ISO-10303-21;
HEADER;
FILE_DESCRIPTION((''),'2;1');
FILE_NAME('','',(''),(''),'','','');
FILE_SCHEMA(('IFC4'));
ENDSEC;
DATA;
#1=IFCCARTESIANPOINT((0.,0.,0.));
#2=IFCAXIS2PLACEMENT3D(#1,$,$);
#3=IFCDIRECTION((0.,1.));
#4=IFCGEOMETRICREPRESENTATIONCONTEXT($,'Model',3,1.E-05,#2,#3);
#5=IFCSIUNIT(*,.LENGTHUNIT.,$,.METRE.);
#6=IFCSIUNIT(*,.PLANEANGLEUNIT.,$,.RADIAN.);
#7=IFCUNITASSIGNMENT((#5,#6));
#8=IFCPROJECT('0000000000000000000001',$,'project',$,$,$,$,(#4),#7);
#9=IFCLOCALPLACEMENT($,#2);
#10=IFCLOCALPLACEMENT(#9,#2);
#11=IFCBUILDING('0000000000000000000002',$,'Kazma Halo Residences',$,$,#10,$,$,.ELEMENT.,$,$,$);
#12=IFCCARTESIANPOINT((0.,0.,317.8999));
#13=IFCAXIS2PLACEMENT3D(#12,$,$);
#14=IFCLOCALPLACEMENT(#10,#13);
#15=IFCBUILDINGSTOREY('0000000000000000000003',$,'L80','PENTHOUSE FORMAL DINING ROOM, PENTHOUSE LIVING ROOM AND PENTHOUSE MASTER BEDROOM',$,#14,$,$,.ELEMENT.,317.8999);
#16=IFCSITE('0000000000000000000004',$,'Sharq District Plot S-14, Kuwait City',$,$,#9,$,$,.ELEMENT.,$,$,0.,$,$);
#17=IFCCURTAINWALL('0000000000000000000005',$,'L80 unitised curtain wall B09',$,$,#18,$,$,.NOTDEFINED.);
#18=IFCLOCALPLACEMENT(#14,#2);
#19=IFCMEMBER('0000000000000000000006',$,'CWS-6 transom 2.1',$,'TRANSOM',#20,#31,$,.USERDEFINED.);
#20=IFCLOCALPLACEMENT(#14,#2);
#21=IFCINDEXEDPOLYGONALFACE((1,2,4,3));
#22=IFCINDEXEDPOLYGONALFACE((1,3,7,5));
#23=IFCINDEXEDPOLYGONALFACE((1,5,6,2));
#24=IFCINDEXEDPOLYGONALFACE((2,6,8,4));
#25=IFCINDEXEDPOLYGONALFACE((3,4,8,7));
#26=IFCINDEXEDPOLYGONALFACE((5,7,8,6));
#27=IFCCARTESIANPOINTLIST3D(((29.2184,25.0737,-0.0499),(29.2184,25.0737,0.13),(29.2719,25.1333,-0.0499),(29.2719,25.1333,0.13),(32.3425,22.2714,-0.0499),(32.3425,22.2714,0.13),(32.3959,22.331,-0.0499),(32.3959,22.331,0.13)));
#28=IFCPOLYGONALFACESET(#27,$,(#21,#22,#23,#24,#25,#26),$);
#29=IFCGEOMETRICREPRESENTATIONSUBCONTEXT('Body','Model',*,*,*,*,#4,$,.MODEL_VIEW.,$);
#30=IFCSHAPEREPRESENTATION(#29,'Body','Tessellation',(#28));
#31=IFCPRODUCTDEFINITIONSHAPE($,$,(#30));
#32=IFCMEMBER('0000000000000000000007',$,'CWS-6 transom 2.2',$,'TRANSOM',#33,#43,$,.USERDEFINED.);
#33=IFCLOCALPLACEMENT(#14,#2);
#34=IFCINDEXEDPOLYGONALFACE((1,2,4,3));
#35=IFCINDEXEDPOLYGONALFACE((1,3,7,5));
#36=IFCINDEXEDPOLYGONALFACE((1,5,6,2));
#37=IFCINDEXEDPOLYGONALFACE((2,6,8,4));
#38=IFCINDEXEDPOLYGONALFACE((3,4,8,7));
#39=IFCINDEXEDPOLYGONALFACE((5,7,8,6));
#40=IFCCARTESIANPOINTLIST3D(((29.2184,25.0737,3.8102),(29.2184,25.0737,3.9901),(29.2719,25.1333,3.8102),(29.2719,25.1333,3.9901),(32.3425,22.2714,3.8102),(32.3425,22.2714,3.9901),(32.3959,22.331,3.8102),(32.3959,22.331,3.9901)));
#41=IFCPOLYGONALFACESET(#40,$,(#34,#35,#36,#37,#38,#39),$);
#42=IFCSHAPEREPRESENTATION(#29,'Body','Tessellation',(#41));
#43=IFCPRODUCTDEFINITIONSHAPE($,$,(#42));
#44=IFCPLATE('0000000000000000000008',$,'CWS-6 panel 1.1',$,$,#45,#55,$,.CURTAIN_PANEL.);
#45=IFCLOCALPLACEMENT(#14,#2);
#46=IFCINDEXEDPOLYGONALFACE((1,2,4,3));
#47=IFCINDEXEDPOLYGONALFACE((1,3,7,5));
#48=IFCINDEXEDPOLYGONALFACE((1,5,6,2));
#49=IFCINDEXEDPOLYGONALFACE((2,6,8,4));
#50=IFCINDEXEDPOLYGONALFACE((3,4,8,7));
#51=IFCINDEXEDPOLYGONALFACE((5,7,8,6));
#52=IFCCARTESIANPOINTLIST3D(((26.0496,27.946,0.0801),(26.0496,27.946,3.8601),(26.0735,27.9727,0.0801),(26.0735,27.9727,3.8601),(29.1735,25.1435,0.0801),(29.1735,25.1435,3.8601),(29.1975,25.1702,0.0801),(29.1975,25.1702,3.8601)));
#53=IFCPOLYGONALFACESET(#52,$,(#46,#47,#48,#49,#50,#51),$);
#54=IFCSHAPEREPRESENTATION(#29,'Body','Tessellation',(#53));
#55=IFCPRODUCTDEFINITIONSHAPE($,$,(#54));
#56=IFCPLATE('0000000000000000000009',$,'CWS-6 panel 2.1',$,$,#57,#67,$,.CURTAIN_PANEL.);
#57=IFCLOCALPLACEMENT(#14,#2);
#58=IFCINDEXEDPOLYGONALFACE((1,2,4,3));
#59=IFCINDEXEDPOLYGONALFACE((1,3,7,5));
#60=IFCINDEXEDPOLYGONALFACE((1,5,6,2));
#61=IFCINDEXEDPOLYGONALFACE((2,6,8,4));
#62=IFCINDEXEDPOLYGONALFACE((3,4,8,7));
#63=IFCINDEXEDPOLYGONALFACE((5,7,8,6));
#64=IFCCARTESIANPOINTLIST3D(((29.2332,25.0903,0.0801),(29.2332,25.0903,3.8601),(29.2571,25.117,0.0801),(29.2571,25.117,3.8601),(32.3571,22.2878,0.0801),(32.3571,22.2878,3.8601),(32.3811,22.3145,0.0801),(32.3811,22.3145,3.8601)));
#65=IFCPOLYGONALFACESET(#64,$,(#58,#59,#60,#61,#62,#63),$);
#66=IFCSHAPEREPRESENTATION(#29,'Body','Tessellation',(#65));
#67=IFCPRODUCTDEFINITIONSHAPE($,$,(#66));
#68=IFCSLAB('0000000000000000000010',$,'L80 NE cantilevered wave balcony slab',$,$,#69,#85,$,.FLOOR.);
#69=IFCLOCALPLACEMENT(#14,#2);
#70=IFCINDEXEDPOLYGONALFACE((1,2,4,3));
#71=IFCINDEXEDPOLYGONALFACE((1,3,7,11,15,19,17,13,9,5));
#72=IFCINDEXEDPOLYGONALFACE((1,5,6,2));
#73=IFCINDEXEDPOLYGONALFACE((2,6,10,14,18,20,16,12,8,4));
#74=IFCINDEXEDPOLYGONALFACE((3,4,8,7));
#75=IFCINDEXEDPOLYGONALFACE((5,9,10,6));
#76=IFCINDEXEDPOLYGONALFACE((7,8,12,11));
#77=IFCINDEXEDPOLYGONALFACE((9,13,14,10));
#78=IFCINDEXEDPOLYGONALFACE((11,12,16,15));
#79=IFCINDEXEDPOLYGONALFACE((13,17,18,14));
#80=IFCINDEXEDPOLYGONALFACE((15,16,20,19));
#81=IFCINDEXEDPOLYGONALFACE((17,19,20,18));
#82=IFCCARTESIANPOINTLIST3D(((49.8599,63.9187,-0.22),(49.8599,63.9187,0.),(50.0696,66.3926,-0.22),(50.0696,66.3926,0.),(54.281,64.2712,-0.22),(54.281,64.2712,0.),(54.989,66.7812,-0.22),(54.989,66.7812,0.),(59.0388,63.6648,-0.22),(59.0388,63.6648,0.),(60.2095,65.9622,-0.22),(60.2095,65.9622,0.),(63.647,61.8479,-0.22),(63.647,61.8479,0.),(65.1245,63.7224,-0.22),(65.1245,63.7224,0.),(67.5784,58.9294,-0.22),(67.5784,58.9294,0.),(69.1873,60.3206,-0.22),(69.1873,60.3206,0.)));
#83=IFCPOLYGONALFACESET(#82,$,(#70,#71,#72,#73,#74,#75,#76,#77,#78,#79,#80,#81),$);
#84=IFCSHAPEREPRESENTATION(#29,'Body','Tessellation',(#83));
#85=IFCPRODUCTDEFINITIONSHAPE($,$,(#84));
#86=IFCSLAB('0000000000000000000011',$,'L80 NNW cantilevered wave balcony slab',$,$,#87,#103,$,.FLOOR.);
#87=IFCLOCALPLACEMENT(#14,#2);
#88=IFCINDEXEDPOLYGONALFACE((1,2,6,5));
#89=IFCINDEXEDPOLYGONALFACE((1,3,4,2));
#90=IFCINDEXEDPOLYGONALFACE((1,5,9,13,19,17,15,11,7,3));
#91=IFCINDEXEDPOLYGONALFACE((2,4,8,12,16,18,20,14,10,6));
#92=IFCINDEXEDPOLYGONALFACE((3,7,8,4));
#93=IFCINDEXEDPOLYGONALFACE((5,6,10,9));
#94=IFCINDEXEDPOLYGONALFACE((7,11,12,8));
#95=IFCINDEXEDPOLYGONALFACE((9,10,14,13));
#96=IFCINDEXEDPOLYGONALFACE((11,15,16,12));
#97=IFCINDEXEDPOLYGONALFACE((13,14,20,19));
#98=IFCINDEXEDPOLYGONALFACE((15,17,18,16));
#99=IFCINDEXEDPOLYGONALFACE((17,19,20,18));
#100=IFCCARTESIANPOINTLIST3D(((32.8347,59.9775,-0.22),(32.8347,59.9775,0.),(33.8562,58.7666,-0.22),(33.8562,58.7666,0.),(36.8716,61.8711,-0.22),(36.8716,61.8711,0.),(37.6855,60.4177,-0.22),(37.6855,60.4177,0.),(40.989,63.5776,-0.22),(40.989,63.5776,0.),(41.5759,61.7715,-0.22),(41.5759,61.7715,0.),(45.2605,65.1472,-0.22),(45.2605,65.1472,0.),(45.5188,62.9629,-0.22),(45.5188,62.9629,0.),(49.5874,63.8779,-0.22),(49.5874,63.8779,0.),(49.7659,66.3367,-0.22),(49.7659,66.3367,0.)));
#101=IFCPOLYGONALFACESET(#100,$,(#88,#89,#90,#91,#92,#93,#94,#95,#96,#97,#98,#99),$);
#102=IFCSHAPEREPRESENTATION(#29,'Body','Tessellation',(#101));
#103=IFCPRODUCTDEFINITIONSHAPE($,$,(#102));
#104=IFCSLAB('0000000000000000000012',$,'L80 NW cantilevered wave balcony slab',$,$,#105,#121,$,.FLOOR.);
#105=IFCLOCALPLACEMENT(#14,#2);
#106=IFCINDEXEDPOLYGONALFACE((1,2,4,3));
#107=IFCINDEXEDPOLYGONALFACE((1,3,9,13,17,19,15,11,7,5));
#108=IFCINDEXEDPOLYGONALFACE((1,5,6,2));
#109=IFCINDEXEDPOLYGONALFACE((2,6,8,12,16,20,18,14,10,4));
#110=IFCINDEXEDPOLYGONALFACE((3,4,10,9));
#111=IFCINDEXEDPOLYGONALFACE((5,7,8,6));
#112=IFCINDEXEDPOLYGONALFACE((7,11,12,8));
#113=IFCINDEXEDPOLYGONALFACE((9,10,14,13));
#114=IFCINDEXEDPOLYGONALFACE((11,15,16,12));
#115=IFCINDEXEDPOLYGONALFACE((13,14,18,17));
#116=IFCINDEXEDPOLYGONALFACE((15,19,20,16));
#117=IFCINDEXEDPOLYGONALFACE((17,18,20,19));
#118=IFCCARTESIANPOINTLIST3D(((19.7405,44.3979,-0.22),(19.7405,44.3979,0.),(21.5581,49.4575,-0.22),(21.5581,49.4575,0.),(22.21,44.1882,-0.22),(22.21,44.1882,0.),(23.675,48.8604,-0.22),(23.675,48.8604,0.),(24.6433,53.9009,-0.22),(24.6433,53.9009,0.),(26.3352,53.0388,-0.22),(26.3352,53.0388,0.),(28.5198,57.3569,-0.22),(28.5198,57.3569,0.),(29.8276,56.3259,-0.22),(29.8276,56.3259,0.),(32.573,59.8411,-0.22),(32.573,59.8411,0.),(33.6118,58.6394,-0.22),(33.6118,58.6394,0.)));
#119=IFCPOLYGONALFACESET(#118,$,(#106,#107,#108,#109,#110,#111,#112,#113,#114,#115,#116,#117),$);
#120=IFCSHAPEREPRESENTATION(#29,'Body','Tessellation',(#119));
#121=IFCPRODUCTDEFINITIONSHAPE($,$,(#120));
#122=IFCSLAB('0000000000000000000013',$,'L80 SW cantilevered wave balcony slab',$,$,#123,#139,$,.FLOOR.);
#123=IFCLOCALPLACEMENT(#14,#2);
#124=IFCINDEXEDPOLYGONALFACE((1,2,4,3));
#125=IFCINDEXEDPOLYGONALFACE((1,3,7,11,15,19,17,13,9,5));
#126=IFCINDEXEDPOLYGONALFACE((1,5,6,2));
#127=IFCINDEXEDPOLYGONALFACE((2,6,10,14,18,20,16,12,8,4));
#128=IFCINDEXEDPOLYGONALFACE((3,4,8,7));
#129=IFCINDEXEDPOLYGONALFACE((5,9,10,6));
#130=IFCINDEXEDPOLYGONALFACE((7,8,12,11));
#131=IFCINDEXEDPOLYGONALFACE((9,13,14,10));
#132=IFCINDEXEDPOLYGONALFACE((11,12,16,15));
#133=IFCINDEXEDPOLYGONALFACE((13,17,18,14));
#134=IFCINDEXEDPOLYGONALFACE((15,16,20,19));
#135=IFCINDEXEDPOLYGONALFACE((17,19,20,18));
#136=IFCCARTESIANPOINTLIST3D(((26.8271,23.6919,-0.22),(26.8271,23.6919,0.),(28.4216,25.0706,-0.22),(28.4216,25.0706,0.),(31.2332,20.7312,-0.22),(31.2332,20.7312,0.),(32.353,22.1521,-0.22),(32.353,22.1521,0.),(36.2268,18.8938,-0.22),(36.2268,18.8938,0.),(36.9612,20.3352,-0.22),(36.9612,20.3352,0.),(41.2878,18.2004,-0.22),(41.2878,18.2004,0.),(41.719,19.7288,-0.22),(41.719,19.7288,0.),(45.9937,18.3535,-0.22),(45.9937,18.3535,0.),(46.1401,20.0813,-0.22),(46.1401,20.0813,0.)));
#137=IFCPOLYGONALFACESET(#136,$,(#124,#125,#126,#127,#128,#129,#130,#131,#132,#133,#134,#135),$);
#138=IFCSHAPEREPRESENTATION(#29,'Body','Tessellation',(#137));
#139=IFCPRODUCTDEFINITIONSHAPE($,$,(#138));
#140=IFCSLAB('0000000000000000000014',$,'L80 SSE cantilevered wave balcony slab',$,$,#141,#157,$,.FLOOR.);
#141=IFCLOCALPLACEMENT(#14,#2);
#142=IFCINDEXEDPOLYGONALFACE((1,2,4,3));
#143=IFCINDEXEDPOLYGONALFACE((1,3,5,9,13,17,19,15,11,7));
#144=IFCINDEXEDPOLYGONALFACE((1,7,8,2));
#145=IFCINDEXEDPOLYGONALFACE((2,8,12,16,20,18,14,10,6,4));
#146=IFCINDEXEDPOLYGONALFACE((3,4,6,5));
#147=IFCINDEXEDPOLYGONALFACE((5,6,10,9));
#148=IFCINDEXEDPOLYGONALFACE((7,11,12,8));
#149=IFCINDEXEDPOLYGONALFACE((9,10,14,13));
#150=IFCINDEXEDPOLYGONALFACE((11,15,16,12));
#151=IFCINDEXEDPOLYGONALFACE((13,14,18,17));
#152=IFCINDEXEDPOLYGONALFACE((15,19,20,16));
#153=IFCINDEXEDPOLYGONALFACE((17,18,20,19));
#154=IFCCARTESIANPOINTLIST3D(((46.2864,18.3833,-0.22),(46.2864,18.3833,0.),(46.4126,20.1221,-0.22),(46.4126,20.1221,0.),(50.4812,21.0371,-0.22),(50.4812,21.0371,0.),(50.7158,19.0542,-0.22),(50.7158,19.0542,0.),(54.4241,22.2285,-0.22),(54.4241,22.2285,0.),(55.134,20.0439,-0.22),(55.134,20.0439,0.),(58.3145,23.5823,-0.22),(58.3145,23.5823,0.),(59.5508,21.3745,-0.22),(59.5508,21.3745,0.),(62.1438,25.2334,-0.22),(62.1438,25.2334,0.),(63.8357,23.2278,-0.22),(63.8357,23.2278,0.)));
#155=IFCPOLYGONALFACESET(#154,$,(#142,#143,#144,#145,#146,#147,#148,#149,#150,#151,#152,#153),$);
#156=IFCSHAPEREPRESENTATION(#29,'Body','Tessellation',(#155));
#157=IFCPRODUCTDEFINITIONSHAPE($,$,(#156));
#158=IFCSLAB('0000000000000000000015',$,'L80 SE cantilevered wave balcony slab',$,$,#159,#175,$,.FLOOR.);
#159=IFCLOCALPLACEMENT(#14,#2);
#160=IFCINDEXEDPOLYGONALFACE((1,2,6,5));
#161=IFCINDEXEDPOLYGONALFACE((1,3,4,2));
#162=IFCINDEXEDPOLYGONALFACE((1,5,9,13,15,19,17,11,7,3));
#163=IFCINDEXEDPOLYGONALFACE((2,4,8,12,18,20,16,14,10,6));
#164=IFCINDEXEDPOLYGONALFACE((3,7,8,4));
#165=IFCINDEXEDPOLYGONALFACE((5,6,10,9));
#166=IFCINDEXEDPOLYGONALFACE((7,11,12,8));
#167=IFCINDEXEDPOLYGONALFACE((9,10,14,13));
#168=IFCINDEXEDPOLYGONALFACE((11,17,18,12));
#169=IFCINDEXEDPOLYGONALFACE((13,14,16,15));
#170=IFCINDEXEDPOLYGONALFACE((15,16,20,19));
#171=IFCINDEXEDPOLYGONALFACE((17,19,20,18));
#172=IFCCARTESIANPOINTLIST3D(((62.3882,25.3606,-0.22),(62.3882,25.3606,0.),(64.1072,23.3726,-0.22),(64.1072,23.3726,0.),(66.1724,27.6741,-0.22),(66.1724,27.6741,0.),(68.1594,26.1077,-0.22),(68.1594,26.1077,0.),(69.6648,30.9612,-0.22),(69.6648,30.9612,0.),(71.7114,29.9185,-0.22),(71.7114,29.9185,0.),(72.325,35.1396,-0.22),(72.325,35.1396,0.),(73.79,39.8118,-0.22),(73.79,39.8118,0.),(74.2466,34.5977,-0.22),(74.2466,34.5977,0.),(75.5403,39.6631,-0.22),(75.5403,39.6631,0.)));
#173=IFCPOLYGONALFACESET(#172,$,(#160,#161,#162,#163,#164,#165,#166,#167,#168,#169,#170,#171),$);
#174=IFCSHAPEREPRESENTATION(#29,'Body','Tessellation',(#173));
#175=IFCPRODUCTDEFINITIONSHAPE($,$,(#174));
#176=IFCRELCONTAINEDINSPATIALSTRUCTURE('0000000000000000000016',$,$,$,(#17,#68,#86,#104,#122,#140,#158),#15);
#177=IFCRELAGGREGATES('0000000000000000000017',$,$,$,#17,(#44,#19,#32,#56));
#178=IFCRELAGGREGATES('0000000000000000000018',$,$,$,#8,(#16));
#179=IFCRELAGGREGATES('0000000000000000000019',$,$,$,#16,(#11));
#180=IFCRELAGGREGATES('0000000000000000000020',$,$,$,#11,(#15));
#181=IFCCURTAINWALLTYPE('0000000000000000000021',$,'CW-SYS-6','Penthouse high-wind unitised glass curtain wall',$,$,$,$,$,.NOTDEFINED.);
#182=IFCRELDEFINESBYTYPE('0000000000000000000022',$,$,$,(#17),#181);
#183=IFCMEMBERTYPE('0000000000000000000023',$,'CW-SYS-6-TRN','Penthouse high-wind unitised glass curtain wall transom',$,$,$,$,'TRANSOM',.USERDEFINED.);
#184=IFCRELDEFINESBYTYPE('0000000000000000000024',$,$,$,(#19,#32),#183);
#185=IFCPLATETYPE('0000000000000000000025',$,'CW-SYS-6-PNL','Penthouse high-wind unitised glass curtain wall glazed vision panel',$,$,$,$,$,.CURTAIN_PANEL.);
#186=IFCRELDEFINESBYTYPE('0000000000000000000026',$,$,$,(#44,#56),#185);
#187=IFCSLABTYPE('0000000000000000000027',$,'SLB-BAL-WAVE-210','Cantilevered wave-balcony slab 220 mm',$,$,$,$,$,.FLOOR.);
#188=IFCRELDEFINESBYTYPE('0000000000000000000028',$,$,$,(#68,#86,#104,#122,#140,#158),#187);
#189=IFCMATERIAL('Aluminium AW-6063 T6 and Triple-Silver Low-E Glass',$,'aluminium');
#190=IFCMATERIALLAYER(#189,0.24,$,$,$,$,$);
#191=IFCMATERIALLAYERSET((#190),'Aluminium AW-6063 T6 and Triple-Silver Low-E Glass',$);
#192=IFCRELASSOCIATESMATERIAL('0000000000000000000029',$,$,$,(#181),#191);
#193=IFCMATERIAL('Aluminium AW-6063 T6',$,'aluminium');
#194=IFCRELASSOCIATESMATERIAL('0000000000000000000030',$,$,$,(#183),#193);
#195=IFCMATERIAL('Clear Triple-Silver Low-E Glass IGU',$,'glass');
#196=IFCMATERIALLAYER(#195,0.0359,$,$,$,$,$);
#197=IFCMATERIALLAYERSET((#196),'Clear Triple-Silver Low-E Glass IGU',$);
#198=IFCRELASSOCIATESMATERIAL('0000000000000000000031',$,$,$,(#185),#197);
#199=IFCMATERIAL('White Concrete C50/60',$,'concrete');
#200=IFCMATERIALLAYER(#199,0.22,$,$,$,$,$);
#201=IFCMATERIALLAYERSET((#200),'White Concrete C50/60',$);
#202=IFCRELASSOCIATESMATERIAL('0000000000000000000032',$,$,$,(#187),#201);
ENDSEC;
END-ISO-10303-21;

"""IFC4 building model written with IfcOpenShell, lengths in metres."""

from ifc_helpers import new_model, si_unit, direction, frame, origin, origin_2d, place, context, subcontext, project, spatial, polyline, rectangle, outline, extrude, material, layer, layer_set, material_profile, profile_set, type_object, element, aggregate, save


model = new_model("IFC4")

# Units and contexts
model_context = context("Model", 3, precision=1e-05, world=origin(), true_north=direction((0.0, 1.0)))
body_context = subcontext(model_context, "Body", "Model", "MODEL_VIEW")
ifc_project = project(units=[si_unit("LENGTHUNIT", "METRE"), si_unit("PLANEANGLEUNIT", "RADIAN")], contexts=[model_context])

# Site, building, storey
site_placement = place(None, origin())
site = spatial("IfcSite", under=ifc_project, at=site_placement, Name="Sharq District Plot S-14, Kuwait City", CompositionType="ELEMENT", RefElevation=0.0)
building_placement = place(site_placement, origin())
building = spatial("IfcBuilding", under=site, at=building_placement, Name="Kazma Halo Residences", CompositionType="ELEMENT")
storey_placement = place(building_placement, frame((0.0, 0.0, 317.8999)))
storey = spatial("IfcBuildingStorey", under=building, at=storey_placement, Name="L80", Description="PENTHOUSE FORMAL DINING ROOM, PENTHOUSE LIVING ROOM AND PENTHOUSE MASTER BEDROOM", CompositionType="ELEMENT", Elevation=317.8999)

# Curtain wall, members, plates
ifc_material_1 = material(Name="Aluminium AW-6063 T6 and Triple-Silver Low-E Glass", Category="aluminium")
ifc_layer_1 = layer(ifc_material_1, 0.24)
ifc_layer_set_1 = layer_set([ifc_layer_1], Name="Aluminium AW-6063 T6 and Triple-Silver Low-E Glass")
curtain_wall_type = type_object("IfcCurtainWallType", Name="CW-SYS-6", Description="Penthouse high-wind unitised glass curtain wall", PredefinedType="NOTDEFINED", material=ifc_layer_set_1)
curtain_wall_placement = place(storey_placement, origin())
curtain_wall = element("IfcCurtainWall", 1, at=curtain_wall_placement, inside=storey, type_object=curtain_wall_type, Name="L80 unitised curtain wall B09", PredefinedType="NOTDEFINED")
ifc_material_2 = material(Name="Aluminium AW-6063 T6", Category="aluminium")
ifc_material_profile_1 = material_profile(ifc_material_2, rectangle(XDim=0.0801, YDim=0.1799, at=origin_2d()), Name="CWT-80x180")
ifc_profile_set_1 = profile_set([ifc_material_profile_1], Name="Aluminium AW-6063 T6")
member_type_1 = type_object("IfcMemberType", Name="CW-SYS-6-TRN", Description="Penthouse high-wind unitised glass curtain wall transom", ElementType="TRANSOM", PredefinedType="USERDEFINED", material=ifc_profile_set_1)
member_1_placement = place(storey_placement, frame((29.2451, 25.1035, 0.04), z_axis=(0.744404, -0.66773, 0.0), x_axis=(0.66773, 0.744404, 0.0)))
member_1 = element("IfcMember", 2, at=member_1_placement, type_object=member_type_1, Name="CWS-6 transom 2.1", ObjectType="TRANSOM", PredefinedType="USERDEFINED", context=body_context, shape_type="SweptSolid", body=[
    extrude(rectangle(XDim=0.0801, YDim=0.1799, at=origin_2d()), origin(), (0.0, 0.0, 1.0), 4.1968),
])
member_2_placement = place(storey_placement, frame((29.2451, 25.1035, 3.9001), z_axis=(0.744404, -0.66773, 0.0), x_axis=(0.66773, 0.744404, 0.0)))
member_2 = element("IfcMember", 3, at=member_2_placement, type_object=member_type_1, Name="CWS-6 transom 2.2", ObjectType="TRANSOM", PredefinedType="USERDEFINED", context=body_context, shape_type="SweptSolid", body=[
    extrude(rectangle(XDim=0.0801, YDim=0.1799, at=origin_2d()), origin(), (0.0, 0.0, 1.0), 4.1968),
])
ifc_material_3 = material(Name="Clear Triple-Silver Low-E Glass IGU", Category="glass")
ifc_layer_2 = layer(ifc_material_3, 0.0359)
ifc_layer_set_2 = layer_set([ifc_layer_2], Name="Clear Triple-Silver Low-E Glass IGU")
plate_type = type_object("IfcPlateType", Name="CW-SYS-6-PNL", Description="Penthouse high-wind unitised glass curtain wall glazed vision panel", PredefinedType="CURTAIN_PANEL", material=ifc_layer_set_2)
plate_1_placement = place(storey_placement, frame((27.6235, 26.5581, 0.0801), z_axis=(0.0, 0.0, 1.0), x_axis=(0.744379, -0.667758, 0.0)))
plate_1 = element("IfcPlate", 4, at=plate_1_placement, type_object=plate_type, Name="CWS-6 panel 1.1", PredefinedType="CURTAIN_PANEL", context=body_context, shape_type="SweptSolid", body=[
    extrude(rectangle(XDim=4.1968, YDim=0.0359, at=origin_2d()), origin(), (0.0, 0.0, 1.0), 3.78),
])
plate_2_placement = place(storey_placement, frame((30.8071, 23.7024, 0.0801), z_axis=(0.0, 0.0, 1.0), x_axis=(0.744379, -0.667758, 0.0)))
plate_2 = element("IfcPlate", 5, at=plate_2_placement, type_object=plate_type, Name="CWS-6 panel 2.1", PredefinedType="CURTAIN_PANEL", context=body_context, shape_type="SweptSolid", body=[
    extrude(rectangle(XDim=4.1968, YDim=0.0359, at=origin_2d()), origin(), (0.0, 0.0, 1.0), 3.78),
])
aggregate(curtain_wall, [plate_1, member_1, member_2, plate_2])

# Slabs
ifc_material_4 = material(Name="White Concrete C50/60", Category="concrete")
ifc_layer_3 = layer(ifc_material_4, 0.22)
ifc_layer_set_3 = layer_set([ifc_layer_3], Name="White Concrete C50/60")
slab_type_1 = type_object("IfcSlabType", Name="SLB-BAL-WAVE-210", Description="Cantilevered wave-balcony slab 220 mm", PredefinedType="FLOOR", material=ifc_layer_set_3)
slab_1_placement = place(storey_placement, frame((0.0, 0.0, -0.22)))
element("IfcSlab", 6, at=slab_1_placement, inside=storey, type_object=slab_type_1, Name="L80 NE cantilevered wave balcony slab", PredefinedType="FLOOR", context=body_context, shape_type="SweptSolid", body=[
    extrude(outline(polyline([(67.5784, 58.9294), (63.647, 61.8479), (59.0388, 63.6648), (54.281, 64.2712), (49.8599, 63.9187), (50.0696, 66.3926), (54.989, 66.7812), (60.2095, 65.9622), (65.1245, 63.7224), (69.1873, 60.3206), (67.5784, 58.9294)])), origin(), (0.0, 0.0, 1.0), 0.22),
])
slab_2_placement = place(storey_placement, frame((0.0, 0.0, -0.22)))
element("IfcSlab", 7, at=slab_2_placement, inside=storey, type_object=slab_type_1, Name="L80 NNW cantilevered wave balcony slab", PredefinedType="FLOOR", context=body_context, shape_type="SweptSolid", body=[
    extrude(outline(polyline([(49.5874, 63.8779), (45.5188, 62.9629), (41.5759, 61.7715), (37.6855, 60.4177), (33.8562, 58.7666), (32.8347, 59.9775), (36.8716, 61.8711), (40.989, 63.5776), (45.2605, 65.1472), (49.7659, 66.3367), (49.5874, 63.8779)])), origin(), (0.0, 0.0, 1.0), 0.22),
])
slab_3_placement = place(storey_placement, frame((0.0, 0.0, -0.22)))
element("IfcSlab", 8, at=slab_3_placement, inside=storey, type_object=slab_type_1, Name="L80 NW cantilevered wave balcony slab", PredefinedType="FLOOR", context=body_context, shape_type="SweptSolid", body=[
    extrude(outline(polyline([(33.6118, 58.6394), (29.8276, 56.3259), (26.3352, 53.0388), (23.675, 48.8604), (22.21, 44.1882), (19.7405, 44.3979), (21.5581, 49.4575), (24.6433, 53.9009), (28.5198, 57.3569), (32.573, 59.8411), (33.6118, 58.6394)])), origin(), (0.0, 0.0, 1.0), 0.22),
])
slab_4_placement = place(storey_placement, frame((0.0, 0.0, -0.22)))
element("IfcSlab", 9, at=slab_4_placement, inside=storey, type_object=slab_type_1, Name="L80 SW cantilevered wave balcony slab", PredefinedType="FLOOR", context=body_context, shape_type="SweptSolid", body=[
    extrude(outline(polyline([(28.4216, 25.0706), (32.353, 22.1521), (36.9612, 20.3352), (41.719, 19.7288), (46.1401, 20.0813), (45.9937, 18.3535), (41.2878, 18.2004), (36.2268, 18.8938), (31.2332, 20.7312), (26.8271, 23.6919), (28.4216, 25.0706)])), origin(), (0.0, 0.0, 1.0), 0.22),
])
slab_5_placement = place(storey_placement, frame((0.0, 0.0, -0.22)))
element("IfcSlab", 10, at=slab_5_placement, inside=storey, type_object=slab_type_1, Name="L80 SSE cantilevered wave balcony slab", PredefinedType="FLOOR", context=body_context, shape_type="SweptSolid", body=[
    extrude(outline(polyline([(46.4126, 20.1221), (50.4812, 21.0371), (54.4241, 22.2285), (58.3145, 23.5823), (62.1438, 25.2334), (63.8357, 23.2278), (59.5508, 21.3745), (55.134, 20.0439), (50.7158, 19.0542), (46.2864, 18.3833), (46.4126, 20.1221)])), origin(), (0.0, 0.0, 1.0), 0.22),
])
slab_6_placement = place(storey_placement, frame((0.0, 0.0, -0.22)))
element("IfcSlab", 11, at=slab_6_placement, inside=storey, type_object=slab_type_1, Name="L80 SE cantilevered wave balcony slab", PredefinedType="FLOOR", context=body_context, shape_type="SweptSolid", body=[
    extrude(outline(polyline([(62.3882, 25.3606), (66.1724, 27.6741), (69.6648, 30.9612), (72.325, 35.1396), (73.79, 39.8118), (75.5403, 39.6631), (74.2466, 34.5977), (71.7114, 29.9185), (68.1594, 26.1077), (64.1072, 23.3726), (62.3882, 25.3606)])), origin(), (0.0, 0.0, 1.0), 0.22),
])

save(model, "model.ifc")
